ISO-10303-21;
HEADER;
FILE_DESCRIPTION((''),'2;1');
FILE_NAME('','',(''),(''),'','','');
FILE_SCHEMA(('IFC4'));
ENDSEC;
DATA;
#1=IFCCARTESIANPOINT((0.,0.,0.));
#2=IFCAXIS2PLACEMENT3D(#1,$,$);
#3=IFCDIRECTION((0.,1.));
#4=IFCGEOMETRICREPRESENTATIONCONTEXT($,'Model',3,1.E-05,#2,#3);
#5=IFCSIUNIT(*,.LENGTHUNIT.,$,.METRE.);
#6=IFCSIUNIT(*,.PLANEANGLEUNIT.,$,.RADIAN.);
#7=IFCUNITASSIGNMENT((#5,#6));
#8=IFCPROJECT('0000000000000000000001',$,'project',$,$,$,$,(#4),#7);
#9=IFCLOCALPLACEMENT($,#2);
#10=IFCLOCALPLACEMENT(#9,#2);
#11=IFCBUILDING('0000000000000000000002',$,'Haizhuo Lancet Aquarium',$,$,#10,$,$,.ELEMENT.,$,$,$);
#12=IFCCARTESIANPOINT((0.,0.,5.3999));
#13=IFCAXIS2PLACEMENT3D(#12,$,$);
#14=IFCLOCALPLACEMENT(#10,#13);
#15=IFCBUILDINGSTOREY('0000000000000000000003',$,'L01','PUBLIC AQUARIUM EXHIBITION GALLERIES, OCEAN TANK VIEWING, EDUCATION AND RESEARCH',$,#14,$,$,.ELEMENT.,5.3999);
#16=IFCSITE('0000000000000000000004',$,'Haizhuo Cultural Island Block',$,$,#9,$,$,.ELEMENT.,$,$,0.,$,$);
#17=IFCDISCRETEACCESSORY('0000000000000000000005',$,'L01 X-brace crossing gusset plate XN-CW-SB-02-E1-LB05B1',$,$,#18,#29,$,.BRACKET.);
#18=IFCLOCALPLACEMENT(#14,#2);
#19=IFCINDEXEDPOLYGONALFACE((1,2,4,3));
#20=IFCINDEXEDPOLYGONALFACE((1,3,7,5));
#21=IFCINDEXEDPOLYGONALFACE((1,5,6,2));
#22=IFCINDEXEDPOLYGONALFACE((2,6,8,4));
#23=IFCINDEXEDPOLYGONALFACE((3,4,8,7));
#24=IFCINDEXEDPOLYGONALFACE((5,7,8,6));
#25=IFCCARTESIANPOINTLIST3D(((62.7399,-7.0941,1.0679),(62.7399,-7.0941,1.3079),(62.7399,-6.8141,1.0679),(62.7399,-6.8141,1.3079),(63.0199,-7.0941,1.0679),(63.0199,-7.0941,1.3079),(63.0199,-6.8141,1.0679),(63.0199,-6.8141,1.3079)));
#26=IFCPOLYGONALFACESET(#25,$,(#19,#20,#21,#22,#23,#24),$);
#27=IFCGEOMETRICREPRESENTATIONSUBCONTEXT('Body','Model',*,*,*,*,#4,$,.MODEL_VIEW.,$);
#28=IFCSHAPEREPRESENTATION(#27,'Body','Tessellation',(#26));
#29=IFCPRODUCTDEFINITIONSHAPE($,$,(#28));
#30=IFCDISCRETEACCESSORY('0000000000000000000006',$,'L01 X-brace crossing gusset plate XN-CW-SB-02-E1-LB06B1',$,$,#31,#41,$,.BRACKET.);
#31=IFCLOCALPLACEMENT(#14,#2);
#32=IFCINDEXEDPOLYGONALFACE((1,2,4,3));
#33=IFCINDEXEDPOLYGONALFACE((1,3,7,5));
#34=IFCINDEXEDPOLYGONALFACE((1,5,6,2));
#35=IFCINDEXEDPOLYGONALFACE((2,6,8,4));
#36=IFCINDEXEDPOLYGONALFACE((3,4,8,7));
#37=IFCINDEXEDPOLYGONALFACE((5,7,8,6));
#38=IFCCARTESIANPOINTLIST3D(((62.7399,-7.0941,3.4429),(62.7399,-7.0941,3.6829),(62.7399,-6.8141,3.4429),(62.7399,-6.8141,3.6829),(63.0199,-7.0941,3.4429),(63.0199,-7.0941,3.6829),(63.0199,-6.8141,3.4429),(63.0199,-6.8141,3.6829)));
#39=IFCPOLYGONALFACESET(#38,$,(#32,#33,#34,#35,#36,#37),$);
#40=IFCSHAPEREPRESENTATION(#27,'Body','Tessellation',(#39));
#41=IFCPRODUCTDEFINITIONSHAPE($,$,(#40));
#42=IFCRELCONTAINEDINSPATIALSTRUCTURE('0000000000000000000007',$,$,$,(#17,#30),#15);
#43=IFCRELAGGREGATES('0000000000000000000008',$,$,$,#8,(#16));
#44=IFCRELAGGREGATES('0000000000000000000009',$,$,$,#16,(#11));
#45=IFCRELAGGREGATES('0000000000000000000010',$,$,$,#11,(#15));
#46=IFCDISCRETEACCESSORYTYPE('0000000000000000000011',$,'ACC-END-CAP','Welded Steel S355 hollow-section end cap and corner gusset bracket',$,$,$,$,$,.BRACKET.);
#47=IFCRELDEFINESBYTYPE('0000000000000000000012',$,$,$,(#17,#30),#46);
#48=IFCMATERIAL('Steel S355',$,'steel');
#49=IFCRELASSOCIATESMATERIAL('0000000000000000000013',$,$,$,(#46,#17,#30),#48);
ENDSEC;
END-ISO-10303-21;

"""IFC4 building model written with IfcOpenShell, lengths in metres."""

from ifc_helpers import new_model, si_unit, direction, frame, origin, origin_2d, place, context, subcontext, project, spatial, rectangle, extrude, material, type_object, element, save


model = new_model("IFC4")

# Units and contexts
model_context = context("Model", 3, precision=1e-05, world=origin(), true_north=direction((0.0, 1.0)))
body_context = subcontext(model_context, "Body", "Model", "MODEL_VIEW")
ifc_project = project(units=[si_unit("LENGTHUNIT", "METRE"), si_unit("PLANEANGLEUNIT", "RADIAN")], contexts=[model_context])

# Site, building, storey
site_placement = place(None, origin())
site = spatial("IfcSite", under=ifc_project, at=site_placement, Name="Haizhuo Cultural Island Block", CompositionType="ELEMENT", RefElevation=0.0)
building_placement = place(site_placement, origin())
building = spatial("IfcBuilding", under=site, at=building_placement, Name="Haizhuo Lancet Aquarium", CompositionType="ELEMENT")
storey_placement = place(building_placement, frame((0.0, 0.0, 5.3999)))
storey = spatial("IfcBuildingStorey", under=building, at=storey_placement, Name="L01", Description="PUBLIC AQUARIUM EXHIBITION GALLERIES, OCEAN TANK VIEWING, EDUCATION AND RESEARCH", CompositionType="ELEMENT", Elevation=5.3999)

# Shared definitions
ifc_material_1 = material(Name="Steel S355", Category="steel")

# Discrete accessories
discrete_accessory_type = type_object("IfcDiscreteAccessoryType", Name="ACC-END-CAP", Description="Welded Steel S355 hollow-section end cap and corner gusset bracket", PredefinedType="BRACKET", material=ifc_material_1)
for number, where, z_axis, x_axis, name in (
    (1, (62.8799, -6.9541, 1.0679), (0.0, 0.0, 1.0), (1.0, 0.0, 0.0), "L01 X-brace crossing gusset plate XN-CW-SB-02-E1-LB05B1"),
    (2, (62.8799, -6.9541, 3.4429), (0.0, 0.0, 1.0), (1.0, 0.0, 0.0), "L01 X-brace crossing gusset plate XN-CW-SB-02-E1-LB06B1"),
):
    element("IfcDiscreteAccessory", number, at=place(storey_placement, frame(where, z_axis=z_axis, x_axis=x_axis)), inside=storey, type_object=discrete_accessory_type, material=ifc_material_1, Name=name, PredefinedType="BRACKET", context=body_context, shape_type="SweptSolid", body=[
        extrude(rectangle(XDim=0.28, YDim=0.28, at=origin_2d()), origin(), (0.0, 0.0, 1.0), 0.24),
    ])

save(model, "model.ifc")
